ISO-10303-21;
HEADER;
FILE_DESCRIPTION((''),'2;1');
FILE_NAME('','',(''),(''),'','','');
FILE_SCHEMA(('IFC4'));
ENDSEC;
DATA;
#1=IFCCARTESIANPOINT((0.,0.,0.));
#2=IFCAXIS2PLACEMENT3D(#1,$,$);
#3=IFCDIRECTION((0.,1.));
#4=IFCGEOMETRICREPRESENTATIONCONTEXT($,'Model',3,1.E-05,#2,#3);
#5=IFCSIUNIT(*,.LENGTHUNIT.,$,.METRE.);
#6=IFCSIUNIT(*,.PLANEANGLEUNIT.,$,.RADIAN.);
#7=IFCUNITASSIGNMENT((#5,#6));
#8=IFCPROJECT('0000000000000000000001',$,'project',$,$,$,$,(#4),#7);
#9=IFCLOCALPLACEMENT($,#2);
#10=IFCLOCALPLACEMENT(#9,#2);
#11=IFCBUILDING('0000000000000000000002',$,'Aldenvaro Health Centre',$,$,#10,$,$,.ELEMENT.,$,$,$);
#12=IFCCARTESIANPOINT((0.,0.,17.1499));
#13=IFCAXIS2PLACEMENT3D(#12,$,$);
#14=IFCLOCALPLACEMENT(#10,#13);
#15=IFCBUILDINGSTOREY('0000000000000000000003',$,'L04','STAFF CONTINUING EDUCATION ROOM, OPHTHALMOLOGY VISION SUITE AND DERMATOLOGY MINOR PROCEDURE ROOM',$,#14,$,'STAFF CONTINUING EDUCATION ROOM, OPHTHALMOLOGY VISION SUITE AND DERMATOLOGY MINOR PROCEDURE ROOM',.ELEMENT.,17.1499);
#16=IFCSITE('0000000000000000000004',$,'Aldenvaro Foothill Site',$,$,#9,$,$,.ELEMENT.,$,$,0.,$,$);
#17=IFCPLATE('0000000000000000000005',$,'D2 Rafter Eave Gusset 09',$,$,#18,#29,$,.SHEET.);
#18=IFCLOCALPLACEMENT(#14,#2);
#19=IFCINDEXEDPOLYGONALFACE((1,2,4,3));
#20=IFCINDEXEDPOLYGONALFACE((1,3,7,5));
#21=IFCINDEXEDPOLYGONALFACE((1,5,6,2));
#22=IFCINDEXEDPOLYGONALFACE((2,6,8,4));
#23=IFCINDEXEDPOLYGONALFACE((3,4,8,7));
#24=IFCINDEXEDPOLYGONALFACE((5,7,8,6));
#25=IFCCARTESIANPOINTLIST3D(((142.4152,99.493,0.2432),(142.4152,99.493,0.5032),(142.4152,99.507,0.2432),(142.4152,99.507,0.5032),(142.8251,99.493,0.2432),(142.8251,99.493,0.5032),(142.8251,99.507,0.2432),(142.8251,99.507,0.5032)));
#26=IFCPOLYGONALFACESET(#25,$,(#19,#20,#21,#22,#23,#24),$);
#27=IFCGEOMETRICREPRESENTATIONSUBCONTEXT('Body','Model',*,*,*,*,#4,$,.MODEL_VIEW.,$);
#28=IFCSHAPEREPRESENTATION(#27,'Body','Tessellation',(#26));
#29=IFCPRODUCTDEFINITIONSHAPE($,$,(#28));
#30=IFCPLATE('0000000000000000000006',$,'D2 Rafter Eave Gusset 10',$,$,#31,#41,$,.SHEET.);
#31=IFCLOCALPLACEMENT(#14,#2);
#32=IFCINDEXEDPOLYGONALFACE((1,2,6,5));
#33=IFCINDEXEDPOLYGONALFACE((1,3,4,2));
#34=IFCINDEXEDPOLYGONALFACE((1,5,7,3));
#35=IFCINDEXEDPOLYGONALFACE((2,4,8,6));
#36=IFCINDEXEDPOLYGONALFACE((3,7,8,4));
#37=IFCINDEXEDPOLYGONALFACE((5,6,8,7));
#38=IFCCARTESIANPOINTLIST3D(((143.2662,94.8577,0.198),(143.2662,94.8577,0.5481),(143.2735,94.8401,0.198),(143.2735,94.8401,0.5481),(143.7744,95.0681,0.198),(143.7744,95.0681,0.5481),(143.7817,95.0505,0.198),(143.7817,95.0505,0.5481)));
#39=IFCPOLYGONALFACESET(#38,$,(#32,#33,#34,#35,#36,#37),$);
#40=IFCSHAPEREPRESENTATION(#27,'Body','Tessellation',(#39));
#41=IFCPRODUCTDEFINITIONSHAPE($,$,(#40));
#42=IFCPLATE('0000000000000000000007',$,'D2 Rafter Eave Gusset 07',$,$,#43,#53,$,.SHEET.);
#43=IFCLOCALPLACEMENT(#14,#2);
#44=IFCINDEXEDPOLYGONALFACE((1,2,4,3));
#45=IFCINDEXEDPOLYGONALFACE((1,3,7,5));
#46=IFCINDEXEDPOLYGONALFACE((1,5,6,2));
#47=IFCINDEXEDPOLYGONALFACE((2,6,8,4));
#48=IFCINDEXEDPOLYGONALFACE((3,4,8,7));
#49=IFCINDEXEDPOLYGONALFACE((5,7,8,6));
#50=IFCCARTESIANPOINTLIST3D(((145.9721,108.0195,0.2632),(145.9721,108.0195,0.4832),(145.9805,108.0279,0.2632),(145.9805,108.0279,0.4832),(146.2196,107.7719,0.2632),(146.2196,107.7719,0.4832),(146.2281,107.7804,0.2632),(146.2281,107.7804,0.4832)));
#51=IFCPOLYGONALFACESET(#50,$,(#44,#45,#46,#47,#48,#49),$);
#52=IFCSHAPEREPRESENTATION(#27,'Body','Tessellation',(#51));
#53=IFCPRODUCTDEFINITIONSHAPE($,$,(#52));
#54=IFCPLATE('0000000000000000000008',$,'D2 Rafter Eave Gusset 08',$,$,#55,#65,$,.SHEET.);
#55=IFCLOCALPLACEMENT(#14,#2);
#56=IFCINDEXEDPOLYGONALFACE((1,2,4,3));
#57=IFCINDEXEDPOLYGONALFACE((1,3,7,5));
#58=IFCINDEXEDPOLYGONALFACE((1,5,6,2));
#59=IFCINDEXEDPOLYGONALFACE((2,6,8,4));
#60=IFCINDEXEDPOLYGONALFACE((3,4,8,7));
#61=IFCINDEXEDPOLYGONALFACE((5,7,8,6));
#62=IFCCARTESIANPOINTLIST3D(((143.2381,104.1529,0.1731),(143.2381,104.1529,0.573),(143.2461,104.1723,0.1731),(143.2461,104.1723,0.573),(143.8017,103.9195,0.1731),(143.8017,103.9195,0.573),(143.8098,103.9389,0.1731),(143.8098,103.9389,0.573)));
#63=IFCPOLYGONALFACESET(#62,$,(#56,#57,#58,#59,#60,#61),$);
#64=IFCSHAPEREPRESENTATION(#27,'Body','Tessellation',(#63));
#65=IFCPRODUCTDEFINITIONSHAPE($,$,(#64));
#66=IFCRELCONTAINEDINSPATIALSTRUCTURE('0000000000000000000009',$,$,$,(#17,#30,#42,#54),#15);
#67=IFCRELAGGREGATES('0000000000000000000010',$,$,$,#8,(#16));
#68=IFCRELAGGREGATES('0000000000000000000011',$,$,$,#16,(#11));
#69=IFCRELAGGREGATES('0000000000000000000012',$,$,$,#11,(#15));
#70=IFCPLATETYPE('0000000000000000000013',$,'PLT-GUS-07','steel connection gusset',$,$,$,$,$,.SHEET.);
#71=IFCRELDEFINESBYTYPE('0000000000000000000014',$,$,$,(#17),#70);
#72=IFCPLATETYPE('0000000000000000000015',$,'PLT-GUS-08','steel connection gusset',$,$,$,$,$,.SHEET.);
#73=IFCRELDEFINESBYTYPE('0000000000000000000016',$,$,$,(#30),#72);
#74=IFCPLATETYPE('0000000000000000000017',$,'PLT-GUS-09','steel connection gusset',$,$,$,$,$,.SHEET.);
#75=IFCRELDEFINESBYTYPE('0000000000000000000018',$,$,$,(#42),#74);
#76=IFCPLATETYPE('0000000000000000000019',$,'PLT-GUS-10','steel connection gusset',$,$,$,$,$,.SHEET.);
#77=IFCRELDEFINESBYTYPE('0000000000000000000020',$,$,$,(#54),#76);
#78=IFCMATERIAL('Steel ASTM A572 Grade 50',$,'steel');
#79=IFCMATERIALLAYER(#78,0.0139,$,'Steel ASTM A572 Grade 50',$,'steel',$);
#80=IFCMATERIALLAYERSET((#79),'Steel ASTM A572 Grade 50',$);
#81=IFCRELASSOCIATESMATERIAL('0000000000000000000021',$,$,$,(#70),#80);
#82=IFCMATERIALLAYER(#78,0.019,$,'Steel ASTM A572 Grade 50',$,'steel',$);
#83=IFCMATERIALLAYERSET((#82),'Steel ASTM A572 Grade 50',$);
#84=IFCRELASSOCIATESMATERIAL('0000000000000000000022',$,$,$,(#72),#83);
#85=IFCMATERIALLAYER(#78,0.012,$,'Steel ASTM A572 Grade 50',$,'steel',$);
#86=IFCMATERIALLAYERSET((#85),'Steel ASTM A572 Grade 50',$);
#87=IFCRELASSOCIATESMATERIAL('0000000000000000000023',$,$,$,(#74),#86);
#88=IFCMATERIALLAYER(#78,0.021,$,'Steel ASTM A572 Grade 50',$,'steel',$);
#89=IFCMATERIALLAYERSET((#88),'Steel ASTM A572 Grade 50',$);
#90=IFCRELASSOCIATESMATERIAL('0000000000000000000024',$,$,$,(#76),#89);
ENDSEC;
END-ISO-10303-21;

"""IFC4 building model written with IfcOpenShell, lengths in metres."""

from ifc_helpers import new_model, si_unit, direction, frame, origin, origin_2d, place, context, subcontext, project, spatial, rectangle, extrude, material, layer, layer_set, type_object, element, save


model = new_model("IFC4")

# Units and contexts
model_context = context("Model", 3, precision=1e-05, world=origin(), true_north=direction((0.0, 1.0)))
body_context = subcontext(model_context, "Body", "Model", "MODEL_VIEW")
ifc_project = project(units=[si_unit("LENGTHUNIT", "METRE"), si_unit("PLANEANGLEUNIT", "RADIAN")], contexts=[model_context])

# Site, building, storey
site_placement = place(None, origin())
site = spatial("IfcSite", under=ifc_project, at=site_placement, Name="Aldenvaro Foothill Site", CompositionType="ELEMENT", RefElevation=0.0)
building_placement = place(site_placement, origin())
building = spatial("IfcBuilding", under=site, at=building_placement, Name="Aldenvaro Health Centre", CompositionType="ELEMENT")
storey_placement = place(building_placement, frame((0.0, 0.0, 17.1499)))
storey = spatial("IfcBuildingStorey", under=building, at=storey_placement, Name="L04", Description="STAFF CONTINUING EDUCATION ROOM, OPHTHALMOLOGY VISION SUITE AND DERMATOLOGY MINOR PROCEDURE ROOM", LongName="STAFF CONTINUING EDUCATION ROOM, OPHTHALMOLOGY VISION SUITE AND DERMATOLOGY MINOR PROCEDURE ROOM", CompositionType="ELEMENT", Elevation=17.1499)

# Plates
ifc_material_1 = material(Name="Steel ASTM A572 Grade 50", Category="steel")
ifc_layer_1 = layer(ifc_material_1, 0.0139, Name="Steel ASTM A572 Grade 50", Category="steel")
ifc_layer_set_1 = layer_set([ifc_layer_1], Name="Steel ASTM A572 Grade 50")
plate_type_1 = type_object("IfcPlateType", Name="PLT-GUS-07", Description="steel connection gusset", PredefinedType="SHEET", material=ifc_layer_set_1)
plate_1_placement = place(storey_placement, frame((142.6201, 99.5, 0.2432), z_axis=(0.0, 0.0, 1.0), x_axis=(-1.0, 0.0, 0.0)))
element("IfcPlate", 1, at=plate_1_placement, inside=storey, type_object=plate_type_1, Name="D2 Rafter Eave Gusset 09", PredefinedType="SHEET", context=body_context, shape_type="SweptSolid", body=[
    extrude(rectangle(XDim=0.4099, YDim=0.0139, at=origin_2d()), origin(), (0.0, 0.0, 1.0), 0.26),
])
ifc_layer_2 = layer(ifc_material_1, 0.019, Name="Steel ASTM A572 Grade 50", Category="steel")
ifc_layer_set_2 = layer_set([ifc_layer_2], Name="Steel ASTM A572 Grade 50")
plate_type_2 = type_object("IfcPlateType", Name="PLT-GUS-08", Description="steel connection gusset", PredefinedType="SHEET", material=ifc_layer_set_2)
plate_2_placement = place(storey_placement, frame((143.5239, 94.9541, 0.198), z_axis=(0.0, 0.0, 1.0), x_axis=(-0.923892, -0.382654, 0.0)))
element("IfcPlate", 2, at=plate_2_placement, inside=storey, type_object=plate_type_2, Name="D2 Rafter Eave Gusset 10", PredefinedType="SHEET", context=body_context, shape_type="SweptSolid", body=[
    extrude(rectangle(XDim=0.55, YDim=0.019, at=origin_2d()), origin(), (0.0, 0.0, 1.0), 0.3501),
])
ifc_layer_3 = layer(ifc_material_1, 0.012, Name="Steel ASTM A572 Grade 50", Category="steel")
ifc_layer_set_3 = layer_set([ifc_layer_3], Name="Steel ASTM A572 Grade 50")
plate_type_3 = type_object("IfcPlateType", Name="PLT-GUS-09", Description="steel connection gusset", PredefinedType="SHEET", material=ifc_layer_set_3)
plate_3_placement = place(storey_placement, frame((146.1001, 107.8999, 0.2632), z_axis=(0.0, 0.0, 1.0), x_axis=(-0.707107, 0.707107, 0.0)))
element("IfcPlate", 3, at=plate_3_placement, inside=storey, type_object=plate_type_3, Name="D2 Rafter Eave Gusset 07", PredefinedType="SHEET", context=body_context, shape_type="SweptSolid", body=[
    extrude(rectangle(XDim=0.3501, YDim=0.012, at=origin_2d()), origin(), (0.0, 0.0, 1.0), 0.22),
])
ifc_layer_4 = layer(ifc_material_1, 0.021, Name="Steel ASTM A572 Grade 50", Category="steel")
ifc_layer_set_4 = layer_set([ifc_layer_4], Name="Steel ASTM A572 Grade 50")
plate_type_4 = type_object("IfcPlateType", Name="PLT-GUS-10", Description="steel connection gusset", PredefinedType="SHEET", material=ifc_layer_set_4)
plate_4_placement = place(storey_placement, frame((143.5239, 104.0459, 0.1731), z_axis=(0.0, 0.0, 1.0), x_axis=(-0.923892, 0.382654, 0.0)))
element("IfcPlate", 4, at=plate_4_placement, inside=storey, type_object=plate_type_4, Name="D2 Rafter Eave Gusset 08", PredefinedType="SHEET", context=body_context, shape_type="SweptSolid", body=[
    extrude(rectangle(XDim=0.6101, YDim=0.021, at=origin_2d()), origin(), (0.0, 0.0, 1.0), 0.3999),
])

save(model, "model.ifc")
